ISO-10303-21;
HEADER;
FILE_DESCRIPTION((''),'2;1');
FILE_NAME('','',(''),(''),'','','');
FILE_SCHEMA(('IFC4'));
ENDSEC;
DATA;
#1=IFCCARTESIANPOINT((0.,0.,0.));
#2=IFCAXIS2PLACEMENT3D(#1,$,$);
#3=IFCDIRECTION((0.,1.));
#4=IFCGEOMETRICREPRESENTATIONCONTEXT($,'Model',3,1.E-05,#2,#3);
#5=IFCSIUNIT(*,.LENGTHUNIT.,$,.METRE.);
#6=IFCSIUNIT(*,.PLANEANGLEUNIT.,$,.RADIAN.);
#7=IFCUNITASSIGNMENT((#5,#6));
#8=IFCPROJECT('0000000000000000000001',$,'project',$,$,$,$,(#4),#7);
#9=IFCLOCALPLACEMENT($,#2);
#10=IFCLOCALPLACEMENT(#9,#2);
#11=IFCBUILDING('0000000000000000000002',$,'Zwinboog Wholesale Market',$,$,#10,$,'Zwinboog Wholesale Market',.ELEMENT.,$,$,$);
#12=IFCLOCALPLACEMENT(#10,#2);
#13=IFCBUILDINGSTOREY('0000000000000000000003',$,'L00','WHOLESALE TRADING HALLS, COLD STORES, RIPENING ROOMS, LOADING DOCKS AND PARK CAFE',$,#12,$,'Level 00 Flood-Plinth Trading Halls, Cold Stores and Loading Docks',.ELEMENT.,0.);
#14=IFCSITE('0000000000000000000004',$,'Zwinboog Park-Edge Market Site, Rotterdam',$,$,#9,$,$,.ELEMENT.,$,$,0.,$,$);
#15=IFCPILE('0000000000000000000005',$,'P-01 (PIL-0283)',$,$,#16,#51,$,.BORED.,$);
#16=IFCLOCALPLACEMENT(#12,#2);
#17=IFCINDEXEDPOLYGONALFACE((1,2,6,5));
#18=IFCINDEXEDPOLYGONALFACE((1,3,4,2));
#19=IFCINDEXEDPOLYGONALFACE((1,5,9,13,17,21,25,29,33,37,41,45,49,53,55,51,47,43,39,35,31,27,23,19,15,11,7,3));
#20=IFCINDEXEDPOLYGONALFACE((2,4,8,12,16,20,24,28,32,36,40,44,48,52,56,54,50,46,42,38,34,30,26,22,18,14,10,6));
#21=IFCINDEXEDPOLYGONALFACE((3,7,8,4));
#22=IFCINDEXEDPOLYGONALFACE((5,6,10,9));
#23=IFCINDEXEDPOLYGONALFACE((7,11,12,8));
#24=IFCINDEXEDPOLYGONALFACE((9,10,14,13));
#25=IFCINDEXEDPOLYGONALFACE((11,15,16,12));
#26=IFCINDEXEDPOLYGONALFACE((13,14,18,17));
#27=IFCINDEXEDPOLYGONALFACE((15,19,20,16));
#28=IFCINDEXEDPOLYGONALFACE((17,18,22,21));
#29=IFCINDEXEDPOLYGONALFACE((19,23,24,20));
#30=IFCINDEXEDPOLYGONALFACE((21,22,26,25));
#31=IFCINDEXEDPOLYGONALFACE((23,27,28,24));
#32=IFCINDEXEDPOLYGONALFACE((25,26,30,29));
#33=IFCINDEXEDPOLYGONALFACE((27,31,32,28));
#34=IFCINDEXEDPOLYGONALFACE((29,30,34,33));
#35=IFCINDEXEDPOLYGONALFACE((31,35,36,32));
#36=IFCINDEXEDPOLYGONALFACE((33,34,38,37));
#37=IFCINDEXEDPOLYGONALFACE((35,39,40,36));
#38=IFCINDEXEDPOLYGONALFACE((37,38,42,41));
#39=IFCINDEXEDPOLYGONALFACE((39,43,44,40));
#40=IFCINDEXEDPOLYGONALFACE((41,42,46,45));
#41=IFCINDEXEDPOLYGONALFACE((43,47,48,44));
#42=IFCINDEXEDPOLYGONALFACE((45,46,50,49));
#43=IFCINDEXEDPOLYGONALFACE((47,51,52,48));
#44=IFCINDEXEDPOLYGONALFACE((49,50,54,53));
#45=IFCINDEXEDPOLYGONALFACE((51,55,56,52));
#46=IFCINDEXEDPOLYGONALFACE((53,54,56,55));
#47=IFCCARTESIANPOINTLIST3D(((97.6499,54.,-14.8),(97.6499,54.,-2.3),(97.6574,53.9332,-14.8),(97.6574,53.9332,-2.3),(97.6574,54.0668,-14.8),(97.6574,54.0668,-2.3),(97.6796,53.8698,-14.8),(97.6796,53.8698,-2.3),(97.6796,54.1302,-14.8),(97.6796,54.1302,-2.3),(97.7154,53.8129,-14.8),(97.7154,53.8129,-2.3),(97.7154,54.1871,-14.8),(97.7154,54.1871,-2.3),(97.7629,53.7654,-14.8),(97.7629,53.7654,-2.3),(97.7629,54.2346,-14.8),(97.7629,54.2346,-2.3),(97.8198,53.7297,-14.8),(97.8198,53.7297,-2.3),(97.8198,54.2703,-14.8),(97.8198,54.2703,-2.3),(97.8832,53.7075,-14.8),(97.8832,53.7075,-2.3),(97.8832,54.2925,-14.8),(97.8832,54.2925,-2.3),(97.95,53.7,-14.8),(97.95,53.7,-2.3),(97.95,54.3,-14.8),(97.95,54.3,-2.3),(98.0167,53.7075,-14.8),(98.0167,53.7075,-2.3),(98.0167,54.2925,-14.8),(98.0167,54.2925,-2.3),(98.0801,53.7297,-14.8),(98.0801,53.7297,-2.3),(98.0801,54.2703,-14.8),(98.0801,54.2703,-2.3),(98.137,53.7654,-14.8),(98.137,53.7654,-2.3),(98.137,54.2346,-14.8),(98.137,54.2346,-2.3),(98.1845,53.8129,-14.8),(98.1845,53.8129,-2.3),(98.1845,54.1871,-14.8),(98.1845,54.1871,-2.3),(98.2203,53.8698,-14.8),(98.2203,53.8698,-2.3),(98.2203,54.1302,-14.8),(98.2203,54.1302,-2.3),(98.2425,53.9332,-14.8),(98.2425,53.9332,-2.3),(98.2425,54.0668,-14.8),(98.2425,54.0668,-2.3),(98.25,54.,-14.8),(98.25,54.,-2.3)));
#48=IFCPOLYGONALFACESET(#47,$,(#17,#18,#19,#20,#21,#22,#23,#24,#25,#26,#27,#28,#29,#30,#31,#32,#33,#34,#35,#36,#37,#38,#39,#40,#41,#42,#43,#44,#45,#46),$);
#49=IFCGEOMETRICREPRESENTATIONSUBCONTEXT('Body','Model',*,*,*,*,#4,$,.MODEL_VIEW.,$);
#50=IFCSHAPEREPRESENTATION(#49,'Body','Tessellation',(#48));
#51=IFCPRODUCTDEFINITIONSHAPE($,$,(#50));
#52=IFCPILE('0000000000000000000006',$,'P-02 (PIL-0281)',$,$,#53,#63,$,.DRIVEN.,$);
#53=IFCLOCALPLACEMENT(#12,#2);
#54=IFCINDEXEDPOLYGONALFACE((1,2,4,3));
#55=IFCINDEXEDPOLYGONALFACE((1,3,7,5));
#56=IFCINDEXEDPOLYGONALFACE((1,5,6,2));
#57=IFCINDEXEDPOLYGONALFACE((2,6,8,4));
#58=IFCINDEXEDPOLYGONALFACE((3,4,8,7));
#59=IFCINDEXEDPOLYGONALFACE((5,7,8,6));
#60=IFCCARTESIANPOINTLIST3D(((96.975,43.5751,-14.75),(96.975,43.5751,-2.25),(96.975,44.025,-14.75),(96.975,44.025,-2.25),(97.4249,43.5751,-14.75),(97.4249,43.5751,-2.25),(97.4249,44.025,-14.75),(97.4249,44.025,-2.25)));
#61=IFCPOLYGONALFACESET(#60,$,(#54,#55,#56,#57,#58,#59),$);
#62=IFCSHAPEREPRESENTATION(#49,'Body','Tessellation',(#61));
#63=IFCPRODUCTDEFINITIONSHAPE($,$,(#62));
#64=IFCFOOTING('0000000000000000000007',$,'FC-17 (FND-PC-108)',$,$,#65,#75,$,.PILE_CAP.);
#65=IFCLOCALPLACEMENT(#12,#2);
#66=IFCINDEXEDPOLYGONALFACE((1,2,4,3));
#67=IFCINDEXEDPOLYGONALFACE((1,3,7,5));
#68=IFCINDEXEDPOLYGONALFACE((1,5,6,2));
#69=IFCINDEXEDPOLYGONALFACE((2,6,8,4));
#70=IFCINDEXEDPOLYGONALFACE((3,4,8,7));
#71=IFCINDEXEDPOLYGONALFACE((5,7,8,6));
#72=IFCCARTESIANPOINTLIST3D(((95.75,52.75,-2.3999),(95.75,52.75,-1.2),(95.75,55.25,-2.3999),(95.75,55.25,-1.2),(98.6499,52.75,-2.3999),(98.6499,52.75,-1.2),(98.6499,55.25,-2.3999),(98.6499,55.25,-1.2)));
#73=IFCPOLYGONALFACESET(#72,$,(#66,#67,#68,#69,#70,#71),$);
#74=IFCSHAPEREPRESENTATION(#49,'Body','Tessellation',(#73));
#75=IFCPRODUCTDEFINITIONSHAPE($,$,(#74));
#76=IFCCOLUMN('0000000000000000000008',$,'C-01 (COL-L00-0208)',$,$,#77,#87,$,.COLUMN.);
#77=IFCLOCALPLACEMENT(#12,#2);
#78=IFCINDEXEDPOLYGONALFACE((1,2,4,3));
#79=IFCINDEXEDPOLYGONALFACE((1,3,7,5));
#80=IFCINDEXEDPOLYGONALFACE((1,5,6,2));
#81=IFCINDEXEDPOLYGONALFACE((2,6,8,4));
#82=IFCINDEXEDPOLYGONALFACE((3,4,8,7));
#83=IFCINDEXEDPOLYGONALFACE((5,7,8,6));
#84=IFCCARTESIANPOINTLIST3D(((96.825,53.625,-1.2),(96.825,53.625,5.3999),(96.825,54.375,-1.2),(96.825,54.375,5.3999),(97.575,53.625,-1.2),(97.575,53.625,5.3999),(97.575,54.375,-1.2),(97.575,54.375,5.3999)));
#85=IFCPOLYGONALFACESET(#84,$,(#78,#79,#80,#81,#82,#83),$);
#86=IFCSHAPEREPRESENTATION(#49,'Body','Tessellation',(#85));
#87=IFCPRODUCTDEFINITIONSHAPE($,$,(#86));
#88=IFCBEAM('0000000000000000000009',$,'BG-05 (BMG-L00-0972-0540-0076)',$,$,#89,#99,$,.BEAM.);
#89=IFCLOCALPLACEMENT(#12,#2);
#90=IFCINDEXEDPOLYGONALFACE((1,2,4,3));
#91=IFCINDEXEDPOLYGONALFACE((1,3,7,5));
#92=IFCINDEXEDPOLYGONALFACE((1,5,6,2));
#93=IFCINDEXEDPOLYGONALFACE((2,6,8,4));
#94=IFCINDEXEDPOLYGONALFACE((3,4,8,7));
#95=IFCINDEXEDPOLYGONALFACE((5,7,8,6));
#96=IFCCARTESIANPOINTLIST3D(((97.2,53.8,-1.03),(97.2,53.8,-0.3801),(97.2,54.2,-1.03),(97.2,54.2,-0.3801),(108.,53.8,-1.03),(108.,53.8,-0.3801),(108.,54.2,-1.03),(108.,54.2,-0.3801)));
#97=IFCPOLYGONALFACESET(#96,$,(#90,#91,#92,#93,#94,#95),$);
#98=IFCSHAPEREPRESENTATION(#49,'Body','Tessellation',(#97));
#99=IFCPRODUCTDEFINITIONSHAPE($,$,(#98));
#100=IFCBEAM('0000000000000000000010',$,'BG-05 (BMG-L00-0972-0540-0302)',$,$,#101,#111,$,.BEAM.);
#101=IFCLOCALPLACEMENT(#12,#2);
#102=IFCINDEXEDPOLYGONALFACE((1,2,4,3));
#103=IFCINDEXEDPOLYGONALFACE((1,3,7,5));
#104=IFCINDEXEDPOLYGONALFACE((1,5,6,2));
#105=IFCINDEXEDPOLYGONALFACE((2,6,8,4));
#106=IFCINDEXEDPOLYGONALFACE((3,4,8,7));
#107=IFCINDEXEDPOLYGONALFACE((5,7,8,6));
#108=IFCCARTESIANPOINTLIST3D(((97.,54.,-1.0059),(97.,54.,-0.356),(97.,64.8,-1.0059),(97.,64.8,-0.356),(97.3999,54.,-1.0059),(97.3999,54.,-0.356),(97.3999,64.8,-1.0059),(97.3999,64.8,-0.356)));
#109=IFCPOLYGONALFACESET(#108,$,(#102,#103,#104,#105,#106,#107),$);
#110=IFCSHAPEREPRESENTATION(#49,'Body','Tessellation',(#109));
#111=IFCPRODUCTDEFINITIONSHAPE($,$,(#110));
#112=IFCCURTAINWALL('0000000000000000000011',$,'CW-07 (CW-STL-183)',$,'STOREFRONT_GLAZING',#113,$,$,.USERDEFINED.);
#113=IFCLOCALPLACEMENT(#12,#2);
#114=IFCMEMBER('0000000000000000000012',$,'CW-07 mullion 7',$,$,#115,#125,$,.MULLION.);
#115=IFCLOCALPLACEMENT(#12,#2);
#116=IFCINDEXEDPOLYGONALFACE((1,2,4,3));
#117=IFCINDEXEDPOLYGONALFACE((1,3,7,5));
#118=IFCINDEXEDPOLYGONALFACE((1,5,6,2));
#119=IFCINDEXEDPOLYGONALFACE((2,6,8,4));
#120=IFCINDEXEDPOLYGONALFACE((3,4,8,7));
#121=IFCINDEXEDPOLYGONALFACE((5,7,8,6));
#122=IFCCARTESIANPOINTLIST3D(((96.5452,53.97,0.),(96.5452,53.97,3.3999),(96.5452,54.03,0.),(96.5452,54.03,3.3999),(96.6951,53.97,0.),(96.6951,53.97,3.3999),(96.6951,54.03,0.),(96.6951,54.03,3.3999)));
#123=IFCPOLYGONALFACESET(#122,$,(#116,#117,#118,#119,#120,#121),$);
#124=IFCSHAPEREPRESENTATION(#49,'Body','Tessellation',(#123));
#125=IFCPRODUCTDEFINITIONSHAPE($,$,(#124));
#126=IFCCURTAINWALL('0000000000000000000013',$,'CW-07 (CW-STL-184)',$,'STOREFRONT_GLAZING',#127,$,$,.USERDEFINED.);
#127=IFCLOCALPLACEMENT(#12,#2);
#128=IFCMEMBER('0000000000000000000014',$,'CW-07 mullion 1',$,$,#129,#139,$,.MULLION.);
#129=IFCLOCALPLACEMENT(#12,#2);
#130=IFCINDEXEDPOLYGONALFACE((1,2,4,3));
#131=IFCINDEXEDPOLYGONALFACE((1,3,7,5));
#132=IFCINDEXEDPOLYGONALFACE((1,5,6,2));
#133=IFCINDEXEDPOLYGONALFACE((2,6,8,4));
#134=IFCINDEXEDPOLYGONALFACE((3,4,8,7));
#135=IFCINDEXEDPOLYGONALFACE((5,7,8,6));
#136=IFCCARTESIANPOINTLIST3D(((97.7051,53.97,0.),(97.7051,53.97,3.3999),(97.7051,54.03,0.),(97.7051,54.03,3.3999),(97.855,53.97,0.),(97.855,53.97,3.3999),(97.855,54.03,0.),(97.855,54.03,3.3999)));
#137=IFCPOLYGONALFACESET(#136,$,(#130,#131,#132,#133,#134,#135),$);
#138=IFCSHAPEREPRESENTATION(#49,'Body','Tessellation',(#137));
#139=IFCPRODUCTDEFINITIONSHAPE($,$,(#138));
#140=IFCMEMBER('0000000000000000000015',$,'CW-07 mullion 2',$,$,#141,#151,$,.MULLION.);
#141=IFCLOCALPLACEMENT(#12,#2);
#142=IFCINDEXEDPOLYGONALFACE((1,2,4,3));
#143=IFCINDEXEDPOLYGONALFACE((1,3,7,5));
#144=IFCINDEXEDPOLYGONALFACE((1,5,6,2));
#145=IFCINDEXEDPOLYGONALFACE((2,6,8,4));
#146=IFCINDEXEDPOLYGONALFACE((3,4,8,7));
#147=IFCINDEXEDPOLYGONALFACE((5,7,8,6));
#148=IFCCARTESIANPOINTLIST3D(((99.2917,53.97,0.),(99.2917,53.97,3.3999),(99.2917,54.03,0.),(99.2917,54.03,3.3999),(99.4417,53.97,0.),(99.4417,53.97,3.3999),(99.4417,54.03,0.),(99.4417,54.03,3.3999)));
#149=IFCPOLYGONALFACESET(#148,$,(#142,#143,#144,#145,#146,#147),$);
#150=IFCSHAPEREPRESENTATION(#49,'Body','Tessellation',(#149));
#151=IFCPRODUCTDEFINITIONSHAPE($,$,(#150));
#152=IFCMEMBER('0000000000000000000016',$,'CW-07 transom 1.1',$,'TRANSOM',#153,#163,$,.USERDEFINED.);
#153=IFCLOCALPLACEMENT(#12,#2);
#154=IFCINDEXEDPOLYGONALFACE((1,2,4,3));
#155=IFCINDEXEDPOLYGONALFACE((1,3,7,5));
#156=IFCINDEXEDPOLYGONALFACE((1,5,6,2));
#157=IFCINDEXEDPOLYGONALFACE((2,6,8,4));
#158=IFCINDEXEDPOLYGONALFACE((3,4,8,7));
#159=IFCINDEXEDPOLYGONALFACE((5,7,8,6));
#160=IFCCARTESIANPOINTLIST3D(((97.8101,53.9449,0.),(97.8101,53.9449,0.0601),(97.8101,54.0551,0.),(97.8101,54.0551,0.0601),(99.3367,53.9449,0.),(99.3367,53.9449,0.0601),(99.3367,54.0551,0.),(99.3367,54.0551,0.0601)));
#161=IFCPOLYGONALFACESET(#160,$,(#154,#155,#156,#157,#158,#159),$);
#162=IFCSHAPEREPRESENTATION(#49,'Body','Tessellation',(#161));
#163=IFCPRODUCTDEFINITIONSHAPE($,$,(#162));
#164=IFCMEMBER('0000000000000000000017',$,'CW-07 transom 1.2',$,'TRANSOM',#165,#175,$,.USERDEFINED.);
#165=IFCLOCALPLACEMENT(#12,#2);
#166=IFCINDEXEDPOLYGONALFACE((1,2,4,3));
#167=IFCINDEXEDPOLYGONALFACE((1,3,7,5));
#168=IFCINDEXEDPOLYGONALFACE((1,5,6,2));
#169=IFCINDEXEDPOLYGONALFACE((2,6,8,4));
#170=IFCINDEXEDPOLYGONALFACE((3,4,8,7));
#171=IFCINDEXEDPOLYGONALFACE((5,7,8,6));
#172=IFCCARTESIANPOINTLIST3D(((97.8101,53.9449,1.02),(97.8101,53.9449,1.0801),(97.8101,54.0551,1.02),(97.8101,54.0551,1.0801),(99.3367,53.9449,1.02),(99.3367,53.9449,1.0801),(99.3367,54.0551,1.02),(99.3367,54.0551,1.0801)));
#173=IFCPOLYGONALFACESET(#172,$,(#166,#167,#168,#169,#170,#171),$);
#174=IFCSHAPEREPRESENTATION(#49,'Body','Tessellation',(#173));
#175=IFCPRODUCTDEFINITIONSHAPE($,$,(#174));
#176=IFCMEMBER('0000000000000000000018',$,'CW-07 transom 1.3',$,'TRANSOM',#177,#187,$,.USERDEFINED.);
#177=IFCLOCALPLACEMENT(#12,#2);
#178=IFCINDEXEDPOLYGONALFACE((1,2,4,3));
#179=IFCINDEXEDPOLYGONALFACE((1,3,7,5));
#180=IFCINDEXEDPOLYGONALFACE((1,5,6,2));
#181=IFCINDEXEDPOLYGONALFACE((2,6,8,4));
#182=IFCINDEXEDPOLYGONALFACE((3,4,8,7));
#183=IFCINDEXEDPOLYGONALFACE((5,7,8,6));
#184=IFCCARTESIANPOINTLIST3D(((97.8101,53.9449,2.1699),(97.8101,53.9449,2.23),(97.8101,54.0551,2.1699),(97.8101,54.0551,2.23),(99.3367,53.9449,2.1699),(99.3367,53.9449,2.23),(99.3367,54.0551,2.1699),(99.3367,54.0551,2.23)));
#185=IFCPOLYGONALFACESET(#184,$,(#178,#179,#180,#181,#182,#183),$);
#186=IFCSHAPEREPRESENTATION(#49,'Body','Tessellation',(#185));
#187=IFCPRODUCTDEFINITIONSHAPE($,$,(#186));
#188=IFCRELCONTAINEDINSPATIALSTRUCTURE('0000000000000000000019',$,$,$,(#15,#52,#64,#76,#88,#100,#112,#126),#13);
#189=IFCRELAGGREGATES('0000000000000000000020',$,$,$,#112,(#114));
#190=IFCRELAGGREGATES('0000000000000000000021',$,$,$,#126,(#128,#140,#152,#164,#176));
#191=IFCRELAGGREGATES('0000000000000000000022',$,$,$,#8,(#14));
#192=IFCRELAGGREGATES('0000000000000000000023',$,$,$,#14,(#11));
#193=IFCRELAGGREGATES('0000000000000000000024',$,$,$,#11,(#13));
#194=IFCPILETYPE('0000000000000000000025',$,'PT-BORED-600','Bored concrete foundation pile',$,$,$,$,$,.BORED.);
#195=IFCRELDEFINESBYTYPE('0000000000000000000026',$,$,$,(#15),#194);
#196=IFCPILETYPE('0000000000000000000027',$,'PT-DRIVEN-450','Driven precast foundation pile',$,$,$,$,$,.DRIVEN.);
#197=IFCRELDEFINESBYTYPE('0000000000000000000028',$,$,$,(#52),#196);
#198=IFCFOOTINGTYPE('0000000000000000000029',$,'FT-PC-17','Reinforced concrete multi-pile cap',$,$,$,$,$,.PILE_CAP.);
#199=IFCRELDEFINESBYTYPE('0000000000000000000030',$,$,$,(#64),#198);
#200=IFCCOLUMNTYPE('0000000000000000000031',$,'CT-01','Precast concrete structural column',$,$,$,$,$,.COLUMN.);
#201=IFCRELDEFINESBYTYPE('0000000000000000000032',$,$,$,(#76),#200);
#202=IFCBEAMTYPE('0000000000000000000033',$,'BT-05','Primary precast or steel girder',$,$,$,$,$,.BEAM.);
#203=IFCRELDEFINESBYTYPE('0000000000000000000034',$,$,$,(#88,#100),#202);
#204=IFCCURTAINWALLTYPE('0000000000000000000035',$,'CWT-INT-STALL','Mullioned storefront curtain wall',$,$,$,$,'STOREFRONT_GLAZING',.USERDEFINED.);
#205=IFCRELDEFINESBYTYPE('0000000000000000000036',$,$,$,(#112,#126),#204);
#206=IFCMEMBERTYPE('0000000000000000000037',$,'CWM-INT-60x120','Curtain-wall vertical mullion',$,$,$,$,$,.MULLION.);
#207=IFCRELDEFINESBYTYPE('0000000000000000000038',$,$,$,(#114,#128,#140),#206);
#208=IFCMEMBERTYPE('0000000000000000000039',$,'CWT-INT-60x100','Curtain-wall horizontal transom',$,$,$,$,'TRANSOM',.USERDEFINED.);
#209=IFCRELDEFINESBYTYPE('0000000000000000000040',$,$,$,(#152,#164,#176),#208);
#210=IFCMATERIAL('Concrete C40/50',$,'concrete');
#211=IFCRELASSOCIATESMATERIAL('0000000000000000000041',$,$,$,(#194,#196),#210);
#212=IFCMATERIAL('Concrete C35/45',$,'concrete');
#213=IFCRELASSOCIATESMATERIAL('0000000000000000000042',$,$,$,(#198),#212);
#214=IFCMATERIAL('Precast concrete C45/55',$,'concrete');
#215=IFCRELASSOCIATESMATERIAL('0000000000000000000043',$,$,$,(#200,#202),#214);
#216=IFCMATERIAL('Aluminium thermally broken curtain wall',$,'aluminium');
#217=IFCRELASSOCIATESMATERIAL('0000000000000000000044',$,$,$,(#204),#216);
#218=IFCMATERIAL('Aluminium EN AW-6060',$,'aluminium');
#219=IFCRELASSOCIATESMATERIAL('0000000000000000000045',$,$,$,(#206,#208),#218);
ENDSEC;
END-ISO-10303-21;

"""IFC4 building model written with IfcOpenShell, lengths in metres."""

from ifc_helpers import new_model, si_unit, direction, frame, origin, origin_2d, place, context, subcontext, project, spatial, rectangle, circle, extrude, material, material_profile, profile_set, type_object, element, aggregate, save


model = new_model("IFC4")

# Units and contexts
model_context = context("Model", 3, precision=1e-05, world=origin(), true_north=direction((0.0, 1.0)))
body_context = subcontext(model_context, "Body", "Model", "MODEL_VIEW")
ifc_project = project(units=[si_unit("LENGTHUNIT", "METRE"), si_unit("PLANEANGLEUNIT", "RADIAN")], contexts=[model_context])

# Site, building, storey
site_placement = place(None, origin())
site = spatial("IfcSite", under=ifc_project, at=site_placement, Name="Zwinboog Park-Edge Market Site, Rotterdam", CompositionType="ELEMENT", RefElevation=0.0)
building_placement = place(site_placement, origin())
building = spatial("IfcBuilding", under=site, at=building_placement, Name="Zwinboog Wholesale Market", LongName="Zwinboog Wholesale Market", CompositionType="ELEMENT")
storey_placement = place(building_placement, origin())
storey = spatial("IfcBuildingStorey", under=building, at=storey_placement, Name="L00", Description="WHOLESALE TRADING HALLS, COLD STORES, RIPENING ROOMS, LOADING DOCKS AND PARK CAFE", LongName="Level 00 Flood-Plinth Trading Halls, Cold Stores and Loading Docks", CompositionType="ELEMENT", Elevation=0.0)

# Piles
ifc_material_1 = material(Name="Concrete C40/50", Category="concrete")
ifc_material_profile_1 = material_profile(ifc_material_1, circle(Radius=0.3, at=origin_2d()), Name="PILE D600")
ifc_profile_set_1 = profile_set([ifc_material_profile_1], Name="Concrete C40/50")
pile_type_1 = type_object("IfcPileType", Name="PT-BORED-600", Description="Bored concrete foundation pile", PredefinedType="BORED", material=ifc_profile_set_1)
pile_1_placement = place(storey_placement, frame((97.95, 54.0, -2.3), z_axis=(0.0, 0.0, -1.0), x_axis=(1.0, 0.0, 0.0)))
element("IfcPile", 1, at=pile_1_placement, inside=storey, type_object=pile_type_1, Name="P-01 (PIL-0283)", PredefinedType="BORED", context=body_context, shape_type="SweptSolid", body=[
    extrude(circle(Radius=0.3, at=origin_2d()), origin(), (0.0, 0.0, 1.0), 12.5),
])
ifc_material_profile_2 = material_profile(ifc_material_1, rectangle(XDim=0.45, YDim=0.45, at=origin_2d()), Name="PILE SQ450")
ifc_profile_set_2 = profile_set([ifc_material_profile_2], Name="Concrete C40/50")
pile_type_2 = type_object("IfcPileType", Name="PT-DRIVEN-450", Description="Driven precast foundation pile", PredefinedType="DRIVEN", material=ifc_profile_set_2)
pile_2_placement = place(storey_placement, frame((97.2, 43.8, -2.25), z_axis=(0.0, 0.0, -1.0), x_axis=(1.0, 0.0, 0.0)))
element("IfcPile", 2, at=pile_2_placement, inside=storey, type_object=pile_type_2, Name="P-02 (PIL-0281)", PredefinedType="DRIVEN", context=body_context, shape_type="SweptSolid", body=[
    extrude(rectangle(XDim=0.45, YDim=0.45, at=origin_2d()), origin(), (0.0, 0.0, 1.0), 12.5),
])

# Footing
ifc_material_2 = material(Name="Concrete C35/45", Category="concrete")
footing_type = type_object("IfcFootingType", Name="FT-PC-17", Description="Reinforced concrete multi-pile cap", PredefinedType="PILE_CAP", material=ifc_material_2)
footing_placement = place(storey_placement, frame((97.2, 54.0, -2.3999), z_axis=(0.0, 0.0, 1.0), x_axis=(1.0, 0.0, 0.0)))
element("IfcFooting", 3, at=footing_placement, inside=storey, type_object=footing_type, Name="FC-17 (FND-PC-108)", PredefinedType="PILE_CAP", context=body_context, shape_type="SweptSolid", body=[
    extrude(rectangle(XDim=2.8999, YDim=2.5, at=origin_2d()), origin(), (0.0, 0.0, 1.0), 1.2),
])

# Column
ifc_material_3 = material(Name="Precast concrete C45/55", Category="concrete")
ifc_material_profile_3 = material_profile(ifc_material_3, rectangle(XDim=0.75, YDim=0.75, at=origin_2d()), Name="PC 750x750")
ifc_profile_set_3 = profile_set([ifc_material_profile_3], Name="Precast concrete C45/55")
column_type = type_object("IfcColumnType", Name="CT-01", Description="Precast concrete structural column", PredefinedType="COLUMN", material=ifc_profile_set_3)
column_placement = place(storey_placement, frame((97.2, 54.0, -1.2), z_axis=(0.0, 0.0, 1.0), x_axis=(1.0, 0.0, 0.0)))
element("IfcColumn", 4, at=column_placement, inside=storey, type_object=column_type, Name="C-01 (COL-L00-0208)", PredefinedType="COLUMN", context=body_context, shape_type="SweptSolid", body=[
    extrude(rectangle(XDim=0.75, YDim=0.75, at=origin_2d()), origin(), (0.0, 0.0, 1.0), 6.5999),
])

# Beams
ifc_material_profile_4 = material_profile(ifc_material_3, rectangle(XDim=0.3999, YDim=0.6499, at=origin_2d()), Name="PC 400x650")
ifc_profile_set_4 = profile_set([ifc_material_profile_4], Name="Precast concrete C45/55")
beam_type = type_object("IfcBeamType", Name="BT-05", Description="Primary precast or steel girder", PredefinedType="BEAM", material=ifc_profile_set_4)
for number, where, z_axis, x_axis, name in (
    (5, (97.2, 54.0, -0.7051), (1.0, 0.0, 0.0), (0.0, 1.0, 0.0), "BG-05 (BMG-L00-0972-0540-0076)"),
    (6, (97.2, 54.0, -0.6809), (0.0, 1.0, 0.0), (-1.0, 0.0, 0.0), "BG-05 (BMG-L00-0972-0540-0302)"),
):
    element("IfcBeam", number, at=place(storey_placement, frame(where, z_axis=z_axis, x_axis=x_axis)), inside=storey, type_object=beam_type, Name=name, PredefinedType="BEAM", context=body_context, shape_type="SweptSolid", body=[
        extrude(rectangle(XDim=0.3999, YDim=0.6499, at=origin_2d()), origin(), (0.0, 0.0, 1.0), 10.8),
    ])

# Curtain wall, member
ifc_material_4 = material(Name="Aluminium thermally broken curtain wall", Category="aluminium")
curtain_wall_type = type_object("IfcCurtainWallType", Name="CWT-INT-STALL", Description="Mullioned storefront curtain wall", ElementType="STOREFRONT_GLAZING", PredefinedType="USERDEFINED", material=ifc_material_4)
curtain_wall_1_placement = place(storey_placement, origin())
curtain_wall_1 = element("IfcCurtainWall", 7, at=curtain_wall_1_placement, inside=storey, type_object=curtain_wall_type, Name="CW-07 (CW-STL-183)", ObjectType="STOREFRONT_GLAZING", PredefinedType="USERDEFINED")
ifc_material_5 = material(Name="Aluminium EN AW-6060", Category="aluminium")
ifc_material_profile_5 = material_profile(ifc_material_5, rectangle(XDim=0.0601, YDim=0.1499, at=origin_2d()), Name="AL 60x150")
ifc_profile_set_5 = profile_set([ifc_material_profile_5], Name="Aluminium EN AW-6060")
member_type_1 = type_object("IfcMemberType", Name="CWM-INT-60x120", Description="Curtain-wall vertical mullion", PredefinedType="MULLION", material=ifc_profile_set_5)
member_1_placement = place(storey_placement, frame((96.6201, 54.0, 0.0), z_axis=(0.0, 0.0, 1.0), x_axis=(0.0, 1.0, 0.0)))
member_1 = element("IfcMember", 8, at=member_1_placement, type_object=member_type_1, Name="CW-07 mullion 7", PredefinedType="MULLION", context=body_context, shape_type="SweptSolid", body=[
    extrude(rectangle(XDim=0.0601, YDim=0.1499, at=origin_2d()), origin(), (0.0, 0.0, 1.0), 3.3999),
])
aggregate(curtain_wall_1, [member_1])

# Curtain wall, members
curtain_wall_2_placement = place(storey_placement, origin())
curtain_wall_2 = element("IfcCurtainWall", 9, at=curtain_wall_2_placement, inside=storey, type_object=curtain_wall_type, Name="CW-07 (CW-STL-184)", ObjectType="STOREFRONT_GLAZING", PredefinedType="USERDEFINED")
member_2_placement = place(storey_placement, frame((97.78, 54.0, 0.0), z_axis=(0.0, 0.0, 1.0), x_axis=(0.0, 1.0, 0.0)))
member_2 = element("IfcMember", 10, at=member_2_placement, type_object=member_type_1, Name="CW-07 mullion 1", PredefinedType="MULLION", context=body_context, shape_type="SweptSolid", body=[
    extrude(rectangle(XDim=0.0601, YDim=0.1499, at=origin_2d()), origin(), (0.0, 0.0, 1.0), 3.3999),
])
member_3_placement = place(storey_placement, frame((99.3667, 54.0, 0.0), z_axis=(0.0, 0.0, 1.0), x_axis=(0.0, 1.0, 0.0)))
member_3 = element("IfcMember", 11, at=member_3_placement, type_object=member_type_1, Name="CW-07 mullion 2", PredefinedType="MULLION", context=body_context, shape_type="SweptSolid", body=[
    extrude(rectangle(XDim=0.0601, YDim=0.1499, at=origin_2d()), origin(), (0.0, 0.0, 1.0), 3.3999),
])
ifc_material_profile_6 = material_profile(ifc_material_5, rectangle(XDim=0.1101, YDim=0.0601, at=origin_2d()), Name="AL 60x110")
ifc_profile_set_6 = profile_set([ifc_material_profile_6], Name="Aluminium EN AW-6060")
member_type_2 = type_object("IfcMemberType", Name="CWT-INT-60x100", Description="Curtain-wall horizontal transom", ElementType="TRANSOM", PredefinedType="USERDEFINED", material=ifc_profile_set_6)
member_4_placement = place(storey_placement, frame((97.8101, 54.0, 0.03), z_axis=(1.0, 0.0, 0.0), x_axis=(0.0, 1.0, 0.0)))
member_4 = element("IfcMember", 12, at=member_4_placement, type_object=member_type_2, Name="CW-07 transom 1.1", ObjectType="TRANSOM", PredefinedType="USERDEFINED", context=body_context, shape_type="SweptSolid", body=[
    extrude(rectangle(XDim=0.1101, YDim=0.0601, at=origin_2d()), origin(), (0.0, 0.0, 1.0), 1.5266),
])
member_5_placement = place(storey_placement, frame((97.8101, 54.0, 1.05), z_axis=(1.0, 0.0, 0.0), x_axis=(0.0, 1.0, 0.0)))
member_5 = element("IfcMember", 13, at=member_5_placement, type_object=member_type_2, Name="CW-07 transom 1.2", ObjectType="TRANSOM", PredefinedType="USERDEFINED", context=body_context, shape_type="SweptSolid", body=[
    extrude(rectangle(XDim=0.1101, YDim=0.0601, at=origin_2d()), origin(), (0.0, 0.0, 1.0), 1.5266),
])
member_6_placement = place(storey_placement, frame((97.8101, 54.0, 2.2), z_axis=(1.0, 0.0, 0.0), x_axis=(0.0, 1.0, 0.0)))
member_6 = element("IfcMember", 14, at=member_6_placement, type_object=member_type_2, Name="CW-07 transom 1.3", ObjectType="TRANSOM", PredefinedType="USERDEFINED", context=body_context, shape_type="SweptSolid", body=[
    extrude(rectangle(XDim=0.1101, YDim=0.0601, at=origin_2d()), origin(), (0.0, 0.0, 1.0), 1.5266),
])
aggregate(curtain_wall_2, [member_2, member_3, member_4, member_5, member_6])

save(model, "model.ifc")
